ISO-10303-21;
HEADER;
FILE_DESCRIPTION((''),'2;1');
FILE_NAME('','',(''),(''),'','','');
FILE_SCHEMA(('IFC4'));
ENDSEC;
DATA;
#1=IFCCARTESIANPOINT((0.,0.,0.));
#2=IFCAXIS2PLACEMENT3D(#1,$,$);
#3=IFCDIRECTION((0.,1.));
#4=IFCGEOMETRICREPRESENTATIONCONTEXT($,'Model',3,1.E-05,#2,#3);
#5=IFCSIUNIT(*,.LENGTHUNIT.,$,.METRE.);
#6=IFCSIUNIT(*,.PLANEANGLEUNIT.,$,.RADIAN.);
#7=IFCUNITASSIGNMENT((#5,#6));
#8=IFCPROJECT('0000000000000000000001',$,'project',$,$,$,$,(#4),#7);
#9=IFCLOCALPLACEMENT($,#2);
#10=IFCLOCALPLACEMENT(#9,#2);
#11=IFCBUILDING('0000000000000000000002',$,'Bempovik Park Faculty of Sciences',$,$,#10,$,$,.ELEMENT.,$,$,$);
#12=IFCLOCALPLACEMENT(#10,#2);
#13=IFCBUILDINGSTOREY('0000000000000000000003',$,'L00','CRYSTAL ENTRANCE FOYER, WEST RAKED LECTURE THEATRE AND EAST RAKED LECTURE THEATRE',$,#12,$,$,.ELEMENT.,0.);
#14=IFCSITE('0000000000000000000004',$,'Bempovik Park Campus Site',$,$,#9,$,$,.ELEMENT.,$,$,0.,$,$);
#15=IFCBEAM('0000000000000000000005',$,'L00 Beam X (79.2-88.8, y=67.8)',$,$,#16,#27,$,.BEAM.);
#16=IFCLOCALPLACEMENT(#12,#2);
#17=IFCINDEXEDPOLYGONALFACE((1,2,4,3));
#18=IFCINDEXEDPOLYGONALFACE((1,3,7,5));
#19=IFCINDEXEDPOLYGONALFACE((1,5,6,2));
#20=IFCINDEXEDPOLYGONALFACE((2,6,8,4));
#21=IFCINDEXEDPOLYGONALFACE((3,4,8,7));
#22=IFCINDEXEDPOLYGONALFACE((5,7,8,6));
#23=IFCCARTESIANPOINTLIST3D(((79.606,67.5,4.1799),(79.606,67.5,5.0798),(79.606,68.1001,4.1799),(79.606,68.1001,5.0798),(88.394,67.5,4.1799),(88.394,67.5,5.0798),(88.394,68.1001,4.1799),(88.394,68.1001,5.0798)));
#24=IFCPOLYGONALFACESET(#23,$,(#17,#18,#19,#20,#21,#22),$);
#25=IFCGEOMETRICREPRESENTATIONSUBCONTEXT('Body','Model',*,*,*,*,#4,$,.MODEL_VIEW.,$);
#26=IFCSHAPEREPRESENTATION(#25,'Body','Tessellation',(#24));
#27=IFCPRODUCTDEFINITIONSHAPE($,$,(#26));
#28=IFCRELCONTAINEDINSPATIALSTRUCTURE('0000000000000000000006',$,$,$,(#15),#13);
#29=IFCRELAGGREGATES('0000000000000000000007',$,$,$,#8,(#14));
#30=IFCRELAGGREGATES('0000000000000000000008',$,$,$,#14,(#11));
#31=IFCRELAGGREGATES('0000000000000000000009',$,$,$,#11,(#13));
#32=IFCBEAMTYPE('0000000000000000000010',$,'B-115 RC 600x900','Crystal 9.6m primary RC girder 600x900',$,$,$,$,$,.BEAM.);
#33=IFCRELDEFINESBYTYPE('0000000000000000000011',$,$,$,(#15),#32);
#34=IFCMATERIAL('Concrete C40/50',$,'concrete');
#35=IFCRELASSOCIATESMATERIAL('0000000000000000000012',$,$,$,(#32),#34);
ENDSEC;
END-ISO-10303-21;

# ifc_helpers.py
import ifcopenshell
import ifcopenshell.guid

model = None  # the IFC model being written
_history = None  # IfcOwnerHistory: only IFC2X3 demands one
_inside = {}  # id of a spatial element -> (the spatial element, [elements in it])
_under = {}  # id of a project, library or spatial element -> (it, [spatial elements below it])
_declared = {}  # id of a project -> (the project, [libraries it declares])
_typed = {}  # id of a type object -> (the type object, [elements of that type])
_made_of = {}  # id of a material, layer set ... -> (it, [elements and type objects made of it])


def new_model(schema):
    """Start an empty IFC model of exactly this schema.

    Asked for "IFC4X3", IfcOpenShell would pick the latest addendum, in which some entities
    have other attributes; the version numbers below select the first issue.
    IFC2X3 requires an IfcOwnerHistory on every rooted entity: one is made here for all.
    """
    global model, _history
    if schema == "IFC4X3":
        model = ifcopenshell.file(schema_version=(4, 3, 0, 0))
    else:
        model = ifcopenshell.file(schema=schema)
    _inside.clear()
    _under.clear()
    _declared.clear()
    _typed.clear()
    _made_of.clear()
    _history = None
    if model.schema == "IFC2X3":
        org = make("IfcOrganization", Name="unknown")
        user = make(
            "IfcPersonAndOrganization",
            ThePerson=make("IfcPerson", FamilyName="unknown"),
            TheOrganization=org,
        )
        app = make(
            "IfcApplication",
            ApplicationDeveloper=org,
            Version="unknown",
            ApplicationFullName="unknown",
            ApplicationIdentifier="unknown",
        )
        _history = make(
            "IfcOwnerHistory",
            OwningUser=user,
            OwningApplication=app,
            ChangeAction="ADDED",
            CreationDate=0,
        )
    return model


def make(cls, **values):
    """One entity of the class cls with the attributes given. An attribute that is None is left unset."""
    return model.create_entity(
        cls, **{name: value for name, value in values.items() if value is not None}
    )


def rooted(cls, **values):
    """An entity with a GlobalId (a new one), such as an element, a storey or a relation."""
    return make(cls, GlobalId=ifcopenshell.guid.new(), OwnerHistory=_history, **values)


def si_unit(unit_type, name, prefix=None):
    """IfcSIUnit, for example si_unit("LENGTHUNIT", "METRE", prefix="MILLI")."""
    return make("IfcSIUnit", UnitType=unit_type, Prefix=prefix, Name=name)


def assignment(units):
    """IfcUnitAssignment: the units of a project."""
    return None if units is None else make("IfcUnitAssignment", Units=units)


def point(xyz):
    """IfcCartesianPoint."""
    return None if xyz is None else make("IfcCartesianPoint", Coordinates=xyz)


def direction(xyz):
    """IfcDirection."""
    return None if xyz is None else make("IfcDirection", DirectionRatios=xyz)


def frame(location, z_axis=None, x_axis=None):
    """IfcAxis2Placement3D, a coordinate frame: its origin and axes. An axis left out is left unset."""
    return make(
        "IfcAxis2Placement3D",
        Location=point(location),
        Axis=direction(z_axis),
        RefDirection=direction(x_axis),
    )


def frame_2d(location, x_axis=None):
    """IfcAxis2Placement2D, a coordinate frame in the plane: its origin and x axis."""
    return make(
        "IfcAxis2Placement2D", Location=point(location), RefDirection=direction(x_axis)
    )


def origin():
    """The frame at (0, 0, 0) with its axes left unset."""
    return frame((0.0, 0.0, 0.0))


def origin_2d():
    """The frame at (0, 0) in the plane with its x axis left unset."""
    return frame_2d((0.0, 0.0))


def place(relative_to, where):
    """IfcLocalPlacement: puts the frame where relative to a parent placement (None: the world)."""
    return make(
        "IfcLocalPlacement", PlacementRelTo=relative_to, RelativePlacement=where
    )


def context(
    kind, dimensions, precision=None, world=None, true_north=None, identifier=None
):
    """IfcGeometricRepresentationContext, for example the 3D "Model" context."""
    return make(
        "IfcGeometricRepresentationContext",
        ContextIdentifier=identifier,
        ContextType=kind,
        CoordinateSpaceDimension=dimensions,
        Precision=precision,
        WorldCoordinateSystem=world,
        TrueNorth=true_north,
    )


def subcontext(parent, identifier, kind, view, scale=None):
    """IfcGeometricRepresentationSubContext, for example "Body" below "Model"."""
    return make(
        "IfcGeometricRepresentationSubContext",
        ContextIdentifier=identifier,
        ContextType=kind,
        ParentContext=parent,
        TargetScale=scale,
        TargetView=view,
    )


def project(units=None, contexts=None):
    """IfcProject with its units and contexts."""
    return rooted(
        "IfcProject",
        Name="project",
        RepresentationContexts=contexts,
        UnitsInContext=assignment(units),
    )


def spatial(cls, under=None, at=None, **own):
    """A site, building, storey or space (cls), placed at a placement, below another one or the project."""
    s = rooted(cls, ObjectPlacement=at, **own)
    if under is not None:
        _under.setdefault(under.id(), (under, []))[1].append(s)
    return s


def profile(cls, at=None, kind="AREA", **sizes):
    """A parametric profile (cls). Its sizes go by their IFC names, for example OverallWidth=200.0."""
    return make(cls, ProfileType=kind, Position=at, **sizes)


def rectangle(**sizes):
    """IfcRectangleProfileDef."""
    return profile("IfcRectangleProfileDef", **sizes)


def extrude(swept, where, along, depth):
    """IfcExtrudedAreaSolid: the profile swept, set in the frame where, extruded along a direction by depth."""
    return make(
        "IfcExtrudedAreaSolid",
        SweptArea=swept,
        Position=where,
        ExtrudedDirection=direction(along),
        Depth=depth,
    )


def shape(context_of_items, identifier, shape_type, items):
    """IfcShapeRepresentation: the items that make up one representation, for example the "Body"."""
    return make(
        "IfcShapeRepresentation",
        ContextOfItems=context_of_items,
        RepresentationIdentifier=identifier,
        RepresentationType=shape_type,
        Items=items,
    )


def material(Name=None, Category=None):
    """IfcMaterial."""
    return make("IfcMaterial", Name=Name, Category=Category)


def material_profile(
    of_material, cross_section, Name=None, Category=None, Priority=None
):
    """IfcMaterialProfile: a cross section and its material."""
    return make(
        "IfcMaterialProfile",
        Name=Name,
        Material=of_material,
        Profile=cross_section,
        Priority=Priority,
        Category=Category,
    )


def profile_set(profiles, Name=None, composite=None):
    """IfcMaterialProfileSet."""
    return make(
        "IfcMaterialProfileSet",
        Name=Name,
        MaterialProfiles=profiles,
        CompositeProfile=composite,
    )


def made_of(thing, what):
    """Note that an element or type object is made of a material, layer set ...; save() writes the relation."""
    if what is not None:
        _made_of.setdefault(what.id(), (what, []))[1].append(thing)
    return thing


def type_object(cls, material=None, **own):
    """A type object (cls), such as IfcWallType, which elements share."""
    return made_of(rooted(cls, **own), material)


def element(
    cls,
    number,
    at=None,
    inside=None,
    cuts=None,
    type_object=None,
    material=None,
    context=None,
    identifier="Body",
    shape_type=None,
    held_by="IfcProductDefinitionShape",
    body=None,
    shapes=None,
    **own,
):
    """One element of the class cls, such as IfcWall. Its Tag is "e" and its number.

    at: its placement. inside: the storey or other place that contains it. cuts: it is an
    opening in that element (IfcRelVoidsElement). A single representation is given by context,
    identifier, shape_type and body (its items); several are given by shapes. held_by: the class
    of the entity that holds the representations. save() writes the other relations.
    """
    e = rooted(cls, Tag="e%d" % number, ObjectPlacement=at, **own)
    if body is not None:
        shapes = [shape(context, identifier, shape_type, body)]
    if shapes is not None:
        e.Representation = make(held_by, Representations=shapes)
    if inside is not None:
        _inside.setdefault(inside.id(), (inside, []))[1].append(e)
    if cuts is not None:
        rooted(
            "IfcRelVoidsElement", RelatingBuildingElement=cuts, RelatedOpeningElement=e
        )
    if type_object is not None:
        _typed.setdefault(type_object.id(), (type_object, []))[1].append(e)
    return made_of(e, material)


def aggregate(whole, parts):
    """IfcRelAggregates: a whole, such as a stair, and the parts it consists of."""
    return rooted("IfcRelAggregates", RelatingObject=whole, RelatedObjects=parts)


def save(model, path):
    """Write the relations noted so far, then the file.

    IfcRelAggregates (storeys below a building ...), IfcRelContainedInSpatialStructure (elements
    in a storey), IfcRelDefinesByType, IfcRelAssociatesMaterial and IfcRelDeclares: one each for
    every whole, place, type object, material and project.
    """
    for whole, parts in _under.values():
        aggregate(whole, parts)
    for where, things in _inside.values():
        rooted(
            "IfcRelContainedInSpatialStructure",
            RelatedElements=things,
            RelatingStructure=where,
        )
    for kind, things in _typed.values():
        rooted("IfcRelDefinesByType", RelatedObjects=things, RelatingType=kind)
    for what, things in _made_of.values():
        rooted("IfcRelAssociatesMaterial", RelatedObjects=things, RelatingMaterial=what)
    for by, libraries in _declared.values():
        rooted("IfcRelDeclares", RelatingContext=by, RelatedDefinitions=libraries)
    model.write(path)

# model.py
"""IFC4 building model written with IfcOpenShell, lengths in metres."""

from ifc_helpers import new_model, si_unit, direction, frame, origin, origin_2d, place, context, subcontext, project, spatial, rectangle, extrude, material, material_profile, profile_set, type_object, element, save


model = new_model("IFC4")

# Units and contexts
model_context = context("Model", 3, precision=1e-05, world=origin(), true_north=direction((0.0, 1.0)))
body_context = subcontext(model_context, "Body", "Model", "MODEL_VIEW")
ifc_project = project(units=[si_unit("LENGTHUNIT", "METRE"), si_unit("PLANEANGLEUNIT", "RADIAN")], contexts=[model_context])

# Site, building, storey
site_placement = place(None, origin())
site = spatial("IfcSite", under=ifc_project, at=site_placement, Name="Bempovik Park Campus Site", CompositionType="ELEMENT", RefElevation=0.0)
building_placement = place(site_placement, origin())
building = spatial("IfcBuilding", under=site, at=building_placement, Name="Bempovik Park Faculty of Sciences", CompositionType="ELEMENT")
storey_placement = place(building_placement, origin())
storey = spatial("IfcBuildingStorey", under=building, at=storey_placement, Name="L00", Description="CRYSTAL ENTRANCE FOYER, WEST RAKED LECTURE THEATRE AND EAST RAKED LECTURE THEATRE", CompositionType="ELEMENT", Elevation=0.0)

# Shared definitions
ifc_material_1 = material(Name="Concrete C40/50", Category="concrete")

# Beam
ifc_material_profile_1 = material_profile(ifc_material_1, rectangle(XDim=0.6001, YDim=0.8999, at=origin_2d()), Name="RC 600x900")
ifc_profile_set_1 = profile_set([ifc_material_profile_1], Name="Concrete C40/50")
beam_type_1 = type_object("IfcBeamType", Name="B-115 RC 600x900", Description="Crystal 9.6m primary RC girder 600x900", PredefinedType="BEAM", material=ifc_profile_set_1)
beam_1_placement = place(storey_placement, frame((79.606, 67.8, 4.6299), z_axis=(1.0, 0.0, 0.0), x_axis=(0.0, 1.0, 0.0)))
element("IfcBeam", 1, at=beam_1_placement, inside=storey, type_object=beam_type_1, Name="L00 Beam X (79.2-88.8, y=67.8)", PredefinedType="BEAM", context=body_context, shape_type="SweptSolid", body=[
    extrude(rectangle(XDim=0.6001, YDim=0.8999, at=origin_2d()), origin(), (0.0, 0.0, 1.0), 8.7881),
])

save(model, "model.ifc")
